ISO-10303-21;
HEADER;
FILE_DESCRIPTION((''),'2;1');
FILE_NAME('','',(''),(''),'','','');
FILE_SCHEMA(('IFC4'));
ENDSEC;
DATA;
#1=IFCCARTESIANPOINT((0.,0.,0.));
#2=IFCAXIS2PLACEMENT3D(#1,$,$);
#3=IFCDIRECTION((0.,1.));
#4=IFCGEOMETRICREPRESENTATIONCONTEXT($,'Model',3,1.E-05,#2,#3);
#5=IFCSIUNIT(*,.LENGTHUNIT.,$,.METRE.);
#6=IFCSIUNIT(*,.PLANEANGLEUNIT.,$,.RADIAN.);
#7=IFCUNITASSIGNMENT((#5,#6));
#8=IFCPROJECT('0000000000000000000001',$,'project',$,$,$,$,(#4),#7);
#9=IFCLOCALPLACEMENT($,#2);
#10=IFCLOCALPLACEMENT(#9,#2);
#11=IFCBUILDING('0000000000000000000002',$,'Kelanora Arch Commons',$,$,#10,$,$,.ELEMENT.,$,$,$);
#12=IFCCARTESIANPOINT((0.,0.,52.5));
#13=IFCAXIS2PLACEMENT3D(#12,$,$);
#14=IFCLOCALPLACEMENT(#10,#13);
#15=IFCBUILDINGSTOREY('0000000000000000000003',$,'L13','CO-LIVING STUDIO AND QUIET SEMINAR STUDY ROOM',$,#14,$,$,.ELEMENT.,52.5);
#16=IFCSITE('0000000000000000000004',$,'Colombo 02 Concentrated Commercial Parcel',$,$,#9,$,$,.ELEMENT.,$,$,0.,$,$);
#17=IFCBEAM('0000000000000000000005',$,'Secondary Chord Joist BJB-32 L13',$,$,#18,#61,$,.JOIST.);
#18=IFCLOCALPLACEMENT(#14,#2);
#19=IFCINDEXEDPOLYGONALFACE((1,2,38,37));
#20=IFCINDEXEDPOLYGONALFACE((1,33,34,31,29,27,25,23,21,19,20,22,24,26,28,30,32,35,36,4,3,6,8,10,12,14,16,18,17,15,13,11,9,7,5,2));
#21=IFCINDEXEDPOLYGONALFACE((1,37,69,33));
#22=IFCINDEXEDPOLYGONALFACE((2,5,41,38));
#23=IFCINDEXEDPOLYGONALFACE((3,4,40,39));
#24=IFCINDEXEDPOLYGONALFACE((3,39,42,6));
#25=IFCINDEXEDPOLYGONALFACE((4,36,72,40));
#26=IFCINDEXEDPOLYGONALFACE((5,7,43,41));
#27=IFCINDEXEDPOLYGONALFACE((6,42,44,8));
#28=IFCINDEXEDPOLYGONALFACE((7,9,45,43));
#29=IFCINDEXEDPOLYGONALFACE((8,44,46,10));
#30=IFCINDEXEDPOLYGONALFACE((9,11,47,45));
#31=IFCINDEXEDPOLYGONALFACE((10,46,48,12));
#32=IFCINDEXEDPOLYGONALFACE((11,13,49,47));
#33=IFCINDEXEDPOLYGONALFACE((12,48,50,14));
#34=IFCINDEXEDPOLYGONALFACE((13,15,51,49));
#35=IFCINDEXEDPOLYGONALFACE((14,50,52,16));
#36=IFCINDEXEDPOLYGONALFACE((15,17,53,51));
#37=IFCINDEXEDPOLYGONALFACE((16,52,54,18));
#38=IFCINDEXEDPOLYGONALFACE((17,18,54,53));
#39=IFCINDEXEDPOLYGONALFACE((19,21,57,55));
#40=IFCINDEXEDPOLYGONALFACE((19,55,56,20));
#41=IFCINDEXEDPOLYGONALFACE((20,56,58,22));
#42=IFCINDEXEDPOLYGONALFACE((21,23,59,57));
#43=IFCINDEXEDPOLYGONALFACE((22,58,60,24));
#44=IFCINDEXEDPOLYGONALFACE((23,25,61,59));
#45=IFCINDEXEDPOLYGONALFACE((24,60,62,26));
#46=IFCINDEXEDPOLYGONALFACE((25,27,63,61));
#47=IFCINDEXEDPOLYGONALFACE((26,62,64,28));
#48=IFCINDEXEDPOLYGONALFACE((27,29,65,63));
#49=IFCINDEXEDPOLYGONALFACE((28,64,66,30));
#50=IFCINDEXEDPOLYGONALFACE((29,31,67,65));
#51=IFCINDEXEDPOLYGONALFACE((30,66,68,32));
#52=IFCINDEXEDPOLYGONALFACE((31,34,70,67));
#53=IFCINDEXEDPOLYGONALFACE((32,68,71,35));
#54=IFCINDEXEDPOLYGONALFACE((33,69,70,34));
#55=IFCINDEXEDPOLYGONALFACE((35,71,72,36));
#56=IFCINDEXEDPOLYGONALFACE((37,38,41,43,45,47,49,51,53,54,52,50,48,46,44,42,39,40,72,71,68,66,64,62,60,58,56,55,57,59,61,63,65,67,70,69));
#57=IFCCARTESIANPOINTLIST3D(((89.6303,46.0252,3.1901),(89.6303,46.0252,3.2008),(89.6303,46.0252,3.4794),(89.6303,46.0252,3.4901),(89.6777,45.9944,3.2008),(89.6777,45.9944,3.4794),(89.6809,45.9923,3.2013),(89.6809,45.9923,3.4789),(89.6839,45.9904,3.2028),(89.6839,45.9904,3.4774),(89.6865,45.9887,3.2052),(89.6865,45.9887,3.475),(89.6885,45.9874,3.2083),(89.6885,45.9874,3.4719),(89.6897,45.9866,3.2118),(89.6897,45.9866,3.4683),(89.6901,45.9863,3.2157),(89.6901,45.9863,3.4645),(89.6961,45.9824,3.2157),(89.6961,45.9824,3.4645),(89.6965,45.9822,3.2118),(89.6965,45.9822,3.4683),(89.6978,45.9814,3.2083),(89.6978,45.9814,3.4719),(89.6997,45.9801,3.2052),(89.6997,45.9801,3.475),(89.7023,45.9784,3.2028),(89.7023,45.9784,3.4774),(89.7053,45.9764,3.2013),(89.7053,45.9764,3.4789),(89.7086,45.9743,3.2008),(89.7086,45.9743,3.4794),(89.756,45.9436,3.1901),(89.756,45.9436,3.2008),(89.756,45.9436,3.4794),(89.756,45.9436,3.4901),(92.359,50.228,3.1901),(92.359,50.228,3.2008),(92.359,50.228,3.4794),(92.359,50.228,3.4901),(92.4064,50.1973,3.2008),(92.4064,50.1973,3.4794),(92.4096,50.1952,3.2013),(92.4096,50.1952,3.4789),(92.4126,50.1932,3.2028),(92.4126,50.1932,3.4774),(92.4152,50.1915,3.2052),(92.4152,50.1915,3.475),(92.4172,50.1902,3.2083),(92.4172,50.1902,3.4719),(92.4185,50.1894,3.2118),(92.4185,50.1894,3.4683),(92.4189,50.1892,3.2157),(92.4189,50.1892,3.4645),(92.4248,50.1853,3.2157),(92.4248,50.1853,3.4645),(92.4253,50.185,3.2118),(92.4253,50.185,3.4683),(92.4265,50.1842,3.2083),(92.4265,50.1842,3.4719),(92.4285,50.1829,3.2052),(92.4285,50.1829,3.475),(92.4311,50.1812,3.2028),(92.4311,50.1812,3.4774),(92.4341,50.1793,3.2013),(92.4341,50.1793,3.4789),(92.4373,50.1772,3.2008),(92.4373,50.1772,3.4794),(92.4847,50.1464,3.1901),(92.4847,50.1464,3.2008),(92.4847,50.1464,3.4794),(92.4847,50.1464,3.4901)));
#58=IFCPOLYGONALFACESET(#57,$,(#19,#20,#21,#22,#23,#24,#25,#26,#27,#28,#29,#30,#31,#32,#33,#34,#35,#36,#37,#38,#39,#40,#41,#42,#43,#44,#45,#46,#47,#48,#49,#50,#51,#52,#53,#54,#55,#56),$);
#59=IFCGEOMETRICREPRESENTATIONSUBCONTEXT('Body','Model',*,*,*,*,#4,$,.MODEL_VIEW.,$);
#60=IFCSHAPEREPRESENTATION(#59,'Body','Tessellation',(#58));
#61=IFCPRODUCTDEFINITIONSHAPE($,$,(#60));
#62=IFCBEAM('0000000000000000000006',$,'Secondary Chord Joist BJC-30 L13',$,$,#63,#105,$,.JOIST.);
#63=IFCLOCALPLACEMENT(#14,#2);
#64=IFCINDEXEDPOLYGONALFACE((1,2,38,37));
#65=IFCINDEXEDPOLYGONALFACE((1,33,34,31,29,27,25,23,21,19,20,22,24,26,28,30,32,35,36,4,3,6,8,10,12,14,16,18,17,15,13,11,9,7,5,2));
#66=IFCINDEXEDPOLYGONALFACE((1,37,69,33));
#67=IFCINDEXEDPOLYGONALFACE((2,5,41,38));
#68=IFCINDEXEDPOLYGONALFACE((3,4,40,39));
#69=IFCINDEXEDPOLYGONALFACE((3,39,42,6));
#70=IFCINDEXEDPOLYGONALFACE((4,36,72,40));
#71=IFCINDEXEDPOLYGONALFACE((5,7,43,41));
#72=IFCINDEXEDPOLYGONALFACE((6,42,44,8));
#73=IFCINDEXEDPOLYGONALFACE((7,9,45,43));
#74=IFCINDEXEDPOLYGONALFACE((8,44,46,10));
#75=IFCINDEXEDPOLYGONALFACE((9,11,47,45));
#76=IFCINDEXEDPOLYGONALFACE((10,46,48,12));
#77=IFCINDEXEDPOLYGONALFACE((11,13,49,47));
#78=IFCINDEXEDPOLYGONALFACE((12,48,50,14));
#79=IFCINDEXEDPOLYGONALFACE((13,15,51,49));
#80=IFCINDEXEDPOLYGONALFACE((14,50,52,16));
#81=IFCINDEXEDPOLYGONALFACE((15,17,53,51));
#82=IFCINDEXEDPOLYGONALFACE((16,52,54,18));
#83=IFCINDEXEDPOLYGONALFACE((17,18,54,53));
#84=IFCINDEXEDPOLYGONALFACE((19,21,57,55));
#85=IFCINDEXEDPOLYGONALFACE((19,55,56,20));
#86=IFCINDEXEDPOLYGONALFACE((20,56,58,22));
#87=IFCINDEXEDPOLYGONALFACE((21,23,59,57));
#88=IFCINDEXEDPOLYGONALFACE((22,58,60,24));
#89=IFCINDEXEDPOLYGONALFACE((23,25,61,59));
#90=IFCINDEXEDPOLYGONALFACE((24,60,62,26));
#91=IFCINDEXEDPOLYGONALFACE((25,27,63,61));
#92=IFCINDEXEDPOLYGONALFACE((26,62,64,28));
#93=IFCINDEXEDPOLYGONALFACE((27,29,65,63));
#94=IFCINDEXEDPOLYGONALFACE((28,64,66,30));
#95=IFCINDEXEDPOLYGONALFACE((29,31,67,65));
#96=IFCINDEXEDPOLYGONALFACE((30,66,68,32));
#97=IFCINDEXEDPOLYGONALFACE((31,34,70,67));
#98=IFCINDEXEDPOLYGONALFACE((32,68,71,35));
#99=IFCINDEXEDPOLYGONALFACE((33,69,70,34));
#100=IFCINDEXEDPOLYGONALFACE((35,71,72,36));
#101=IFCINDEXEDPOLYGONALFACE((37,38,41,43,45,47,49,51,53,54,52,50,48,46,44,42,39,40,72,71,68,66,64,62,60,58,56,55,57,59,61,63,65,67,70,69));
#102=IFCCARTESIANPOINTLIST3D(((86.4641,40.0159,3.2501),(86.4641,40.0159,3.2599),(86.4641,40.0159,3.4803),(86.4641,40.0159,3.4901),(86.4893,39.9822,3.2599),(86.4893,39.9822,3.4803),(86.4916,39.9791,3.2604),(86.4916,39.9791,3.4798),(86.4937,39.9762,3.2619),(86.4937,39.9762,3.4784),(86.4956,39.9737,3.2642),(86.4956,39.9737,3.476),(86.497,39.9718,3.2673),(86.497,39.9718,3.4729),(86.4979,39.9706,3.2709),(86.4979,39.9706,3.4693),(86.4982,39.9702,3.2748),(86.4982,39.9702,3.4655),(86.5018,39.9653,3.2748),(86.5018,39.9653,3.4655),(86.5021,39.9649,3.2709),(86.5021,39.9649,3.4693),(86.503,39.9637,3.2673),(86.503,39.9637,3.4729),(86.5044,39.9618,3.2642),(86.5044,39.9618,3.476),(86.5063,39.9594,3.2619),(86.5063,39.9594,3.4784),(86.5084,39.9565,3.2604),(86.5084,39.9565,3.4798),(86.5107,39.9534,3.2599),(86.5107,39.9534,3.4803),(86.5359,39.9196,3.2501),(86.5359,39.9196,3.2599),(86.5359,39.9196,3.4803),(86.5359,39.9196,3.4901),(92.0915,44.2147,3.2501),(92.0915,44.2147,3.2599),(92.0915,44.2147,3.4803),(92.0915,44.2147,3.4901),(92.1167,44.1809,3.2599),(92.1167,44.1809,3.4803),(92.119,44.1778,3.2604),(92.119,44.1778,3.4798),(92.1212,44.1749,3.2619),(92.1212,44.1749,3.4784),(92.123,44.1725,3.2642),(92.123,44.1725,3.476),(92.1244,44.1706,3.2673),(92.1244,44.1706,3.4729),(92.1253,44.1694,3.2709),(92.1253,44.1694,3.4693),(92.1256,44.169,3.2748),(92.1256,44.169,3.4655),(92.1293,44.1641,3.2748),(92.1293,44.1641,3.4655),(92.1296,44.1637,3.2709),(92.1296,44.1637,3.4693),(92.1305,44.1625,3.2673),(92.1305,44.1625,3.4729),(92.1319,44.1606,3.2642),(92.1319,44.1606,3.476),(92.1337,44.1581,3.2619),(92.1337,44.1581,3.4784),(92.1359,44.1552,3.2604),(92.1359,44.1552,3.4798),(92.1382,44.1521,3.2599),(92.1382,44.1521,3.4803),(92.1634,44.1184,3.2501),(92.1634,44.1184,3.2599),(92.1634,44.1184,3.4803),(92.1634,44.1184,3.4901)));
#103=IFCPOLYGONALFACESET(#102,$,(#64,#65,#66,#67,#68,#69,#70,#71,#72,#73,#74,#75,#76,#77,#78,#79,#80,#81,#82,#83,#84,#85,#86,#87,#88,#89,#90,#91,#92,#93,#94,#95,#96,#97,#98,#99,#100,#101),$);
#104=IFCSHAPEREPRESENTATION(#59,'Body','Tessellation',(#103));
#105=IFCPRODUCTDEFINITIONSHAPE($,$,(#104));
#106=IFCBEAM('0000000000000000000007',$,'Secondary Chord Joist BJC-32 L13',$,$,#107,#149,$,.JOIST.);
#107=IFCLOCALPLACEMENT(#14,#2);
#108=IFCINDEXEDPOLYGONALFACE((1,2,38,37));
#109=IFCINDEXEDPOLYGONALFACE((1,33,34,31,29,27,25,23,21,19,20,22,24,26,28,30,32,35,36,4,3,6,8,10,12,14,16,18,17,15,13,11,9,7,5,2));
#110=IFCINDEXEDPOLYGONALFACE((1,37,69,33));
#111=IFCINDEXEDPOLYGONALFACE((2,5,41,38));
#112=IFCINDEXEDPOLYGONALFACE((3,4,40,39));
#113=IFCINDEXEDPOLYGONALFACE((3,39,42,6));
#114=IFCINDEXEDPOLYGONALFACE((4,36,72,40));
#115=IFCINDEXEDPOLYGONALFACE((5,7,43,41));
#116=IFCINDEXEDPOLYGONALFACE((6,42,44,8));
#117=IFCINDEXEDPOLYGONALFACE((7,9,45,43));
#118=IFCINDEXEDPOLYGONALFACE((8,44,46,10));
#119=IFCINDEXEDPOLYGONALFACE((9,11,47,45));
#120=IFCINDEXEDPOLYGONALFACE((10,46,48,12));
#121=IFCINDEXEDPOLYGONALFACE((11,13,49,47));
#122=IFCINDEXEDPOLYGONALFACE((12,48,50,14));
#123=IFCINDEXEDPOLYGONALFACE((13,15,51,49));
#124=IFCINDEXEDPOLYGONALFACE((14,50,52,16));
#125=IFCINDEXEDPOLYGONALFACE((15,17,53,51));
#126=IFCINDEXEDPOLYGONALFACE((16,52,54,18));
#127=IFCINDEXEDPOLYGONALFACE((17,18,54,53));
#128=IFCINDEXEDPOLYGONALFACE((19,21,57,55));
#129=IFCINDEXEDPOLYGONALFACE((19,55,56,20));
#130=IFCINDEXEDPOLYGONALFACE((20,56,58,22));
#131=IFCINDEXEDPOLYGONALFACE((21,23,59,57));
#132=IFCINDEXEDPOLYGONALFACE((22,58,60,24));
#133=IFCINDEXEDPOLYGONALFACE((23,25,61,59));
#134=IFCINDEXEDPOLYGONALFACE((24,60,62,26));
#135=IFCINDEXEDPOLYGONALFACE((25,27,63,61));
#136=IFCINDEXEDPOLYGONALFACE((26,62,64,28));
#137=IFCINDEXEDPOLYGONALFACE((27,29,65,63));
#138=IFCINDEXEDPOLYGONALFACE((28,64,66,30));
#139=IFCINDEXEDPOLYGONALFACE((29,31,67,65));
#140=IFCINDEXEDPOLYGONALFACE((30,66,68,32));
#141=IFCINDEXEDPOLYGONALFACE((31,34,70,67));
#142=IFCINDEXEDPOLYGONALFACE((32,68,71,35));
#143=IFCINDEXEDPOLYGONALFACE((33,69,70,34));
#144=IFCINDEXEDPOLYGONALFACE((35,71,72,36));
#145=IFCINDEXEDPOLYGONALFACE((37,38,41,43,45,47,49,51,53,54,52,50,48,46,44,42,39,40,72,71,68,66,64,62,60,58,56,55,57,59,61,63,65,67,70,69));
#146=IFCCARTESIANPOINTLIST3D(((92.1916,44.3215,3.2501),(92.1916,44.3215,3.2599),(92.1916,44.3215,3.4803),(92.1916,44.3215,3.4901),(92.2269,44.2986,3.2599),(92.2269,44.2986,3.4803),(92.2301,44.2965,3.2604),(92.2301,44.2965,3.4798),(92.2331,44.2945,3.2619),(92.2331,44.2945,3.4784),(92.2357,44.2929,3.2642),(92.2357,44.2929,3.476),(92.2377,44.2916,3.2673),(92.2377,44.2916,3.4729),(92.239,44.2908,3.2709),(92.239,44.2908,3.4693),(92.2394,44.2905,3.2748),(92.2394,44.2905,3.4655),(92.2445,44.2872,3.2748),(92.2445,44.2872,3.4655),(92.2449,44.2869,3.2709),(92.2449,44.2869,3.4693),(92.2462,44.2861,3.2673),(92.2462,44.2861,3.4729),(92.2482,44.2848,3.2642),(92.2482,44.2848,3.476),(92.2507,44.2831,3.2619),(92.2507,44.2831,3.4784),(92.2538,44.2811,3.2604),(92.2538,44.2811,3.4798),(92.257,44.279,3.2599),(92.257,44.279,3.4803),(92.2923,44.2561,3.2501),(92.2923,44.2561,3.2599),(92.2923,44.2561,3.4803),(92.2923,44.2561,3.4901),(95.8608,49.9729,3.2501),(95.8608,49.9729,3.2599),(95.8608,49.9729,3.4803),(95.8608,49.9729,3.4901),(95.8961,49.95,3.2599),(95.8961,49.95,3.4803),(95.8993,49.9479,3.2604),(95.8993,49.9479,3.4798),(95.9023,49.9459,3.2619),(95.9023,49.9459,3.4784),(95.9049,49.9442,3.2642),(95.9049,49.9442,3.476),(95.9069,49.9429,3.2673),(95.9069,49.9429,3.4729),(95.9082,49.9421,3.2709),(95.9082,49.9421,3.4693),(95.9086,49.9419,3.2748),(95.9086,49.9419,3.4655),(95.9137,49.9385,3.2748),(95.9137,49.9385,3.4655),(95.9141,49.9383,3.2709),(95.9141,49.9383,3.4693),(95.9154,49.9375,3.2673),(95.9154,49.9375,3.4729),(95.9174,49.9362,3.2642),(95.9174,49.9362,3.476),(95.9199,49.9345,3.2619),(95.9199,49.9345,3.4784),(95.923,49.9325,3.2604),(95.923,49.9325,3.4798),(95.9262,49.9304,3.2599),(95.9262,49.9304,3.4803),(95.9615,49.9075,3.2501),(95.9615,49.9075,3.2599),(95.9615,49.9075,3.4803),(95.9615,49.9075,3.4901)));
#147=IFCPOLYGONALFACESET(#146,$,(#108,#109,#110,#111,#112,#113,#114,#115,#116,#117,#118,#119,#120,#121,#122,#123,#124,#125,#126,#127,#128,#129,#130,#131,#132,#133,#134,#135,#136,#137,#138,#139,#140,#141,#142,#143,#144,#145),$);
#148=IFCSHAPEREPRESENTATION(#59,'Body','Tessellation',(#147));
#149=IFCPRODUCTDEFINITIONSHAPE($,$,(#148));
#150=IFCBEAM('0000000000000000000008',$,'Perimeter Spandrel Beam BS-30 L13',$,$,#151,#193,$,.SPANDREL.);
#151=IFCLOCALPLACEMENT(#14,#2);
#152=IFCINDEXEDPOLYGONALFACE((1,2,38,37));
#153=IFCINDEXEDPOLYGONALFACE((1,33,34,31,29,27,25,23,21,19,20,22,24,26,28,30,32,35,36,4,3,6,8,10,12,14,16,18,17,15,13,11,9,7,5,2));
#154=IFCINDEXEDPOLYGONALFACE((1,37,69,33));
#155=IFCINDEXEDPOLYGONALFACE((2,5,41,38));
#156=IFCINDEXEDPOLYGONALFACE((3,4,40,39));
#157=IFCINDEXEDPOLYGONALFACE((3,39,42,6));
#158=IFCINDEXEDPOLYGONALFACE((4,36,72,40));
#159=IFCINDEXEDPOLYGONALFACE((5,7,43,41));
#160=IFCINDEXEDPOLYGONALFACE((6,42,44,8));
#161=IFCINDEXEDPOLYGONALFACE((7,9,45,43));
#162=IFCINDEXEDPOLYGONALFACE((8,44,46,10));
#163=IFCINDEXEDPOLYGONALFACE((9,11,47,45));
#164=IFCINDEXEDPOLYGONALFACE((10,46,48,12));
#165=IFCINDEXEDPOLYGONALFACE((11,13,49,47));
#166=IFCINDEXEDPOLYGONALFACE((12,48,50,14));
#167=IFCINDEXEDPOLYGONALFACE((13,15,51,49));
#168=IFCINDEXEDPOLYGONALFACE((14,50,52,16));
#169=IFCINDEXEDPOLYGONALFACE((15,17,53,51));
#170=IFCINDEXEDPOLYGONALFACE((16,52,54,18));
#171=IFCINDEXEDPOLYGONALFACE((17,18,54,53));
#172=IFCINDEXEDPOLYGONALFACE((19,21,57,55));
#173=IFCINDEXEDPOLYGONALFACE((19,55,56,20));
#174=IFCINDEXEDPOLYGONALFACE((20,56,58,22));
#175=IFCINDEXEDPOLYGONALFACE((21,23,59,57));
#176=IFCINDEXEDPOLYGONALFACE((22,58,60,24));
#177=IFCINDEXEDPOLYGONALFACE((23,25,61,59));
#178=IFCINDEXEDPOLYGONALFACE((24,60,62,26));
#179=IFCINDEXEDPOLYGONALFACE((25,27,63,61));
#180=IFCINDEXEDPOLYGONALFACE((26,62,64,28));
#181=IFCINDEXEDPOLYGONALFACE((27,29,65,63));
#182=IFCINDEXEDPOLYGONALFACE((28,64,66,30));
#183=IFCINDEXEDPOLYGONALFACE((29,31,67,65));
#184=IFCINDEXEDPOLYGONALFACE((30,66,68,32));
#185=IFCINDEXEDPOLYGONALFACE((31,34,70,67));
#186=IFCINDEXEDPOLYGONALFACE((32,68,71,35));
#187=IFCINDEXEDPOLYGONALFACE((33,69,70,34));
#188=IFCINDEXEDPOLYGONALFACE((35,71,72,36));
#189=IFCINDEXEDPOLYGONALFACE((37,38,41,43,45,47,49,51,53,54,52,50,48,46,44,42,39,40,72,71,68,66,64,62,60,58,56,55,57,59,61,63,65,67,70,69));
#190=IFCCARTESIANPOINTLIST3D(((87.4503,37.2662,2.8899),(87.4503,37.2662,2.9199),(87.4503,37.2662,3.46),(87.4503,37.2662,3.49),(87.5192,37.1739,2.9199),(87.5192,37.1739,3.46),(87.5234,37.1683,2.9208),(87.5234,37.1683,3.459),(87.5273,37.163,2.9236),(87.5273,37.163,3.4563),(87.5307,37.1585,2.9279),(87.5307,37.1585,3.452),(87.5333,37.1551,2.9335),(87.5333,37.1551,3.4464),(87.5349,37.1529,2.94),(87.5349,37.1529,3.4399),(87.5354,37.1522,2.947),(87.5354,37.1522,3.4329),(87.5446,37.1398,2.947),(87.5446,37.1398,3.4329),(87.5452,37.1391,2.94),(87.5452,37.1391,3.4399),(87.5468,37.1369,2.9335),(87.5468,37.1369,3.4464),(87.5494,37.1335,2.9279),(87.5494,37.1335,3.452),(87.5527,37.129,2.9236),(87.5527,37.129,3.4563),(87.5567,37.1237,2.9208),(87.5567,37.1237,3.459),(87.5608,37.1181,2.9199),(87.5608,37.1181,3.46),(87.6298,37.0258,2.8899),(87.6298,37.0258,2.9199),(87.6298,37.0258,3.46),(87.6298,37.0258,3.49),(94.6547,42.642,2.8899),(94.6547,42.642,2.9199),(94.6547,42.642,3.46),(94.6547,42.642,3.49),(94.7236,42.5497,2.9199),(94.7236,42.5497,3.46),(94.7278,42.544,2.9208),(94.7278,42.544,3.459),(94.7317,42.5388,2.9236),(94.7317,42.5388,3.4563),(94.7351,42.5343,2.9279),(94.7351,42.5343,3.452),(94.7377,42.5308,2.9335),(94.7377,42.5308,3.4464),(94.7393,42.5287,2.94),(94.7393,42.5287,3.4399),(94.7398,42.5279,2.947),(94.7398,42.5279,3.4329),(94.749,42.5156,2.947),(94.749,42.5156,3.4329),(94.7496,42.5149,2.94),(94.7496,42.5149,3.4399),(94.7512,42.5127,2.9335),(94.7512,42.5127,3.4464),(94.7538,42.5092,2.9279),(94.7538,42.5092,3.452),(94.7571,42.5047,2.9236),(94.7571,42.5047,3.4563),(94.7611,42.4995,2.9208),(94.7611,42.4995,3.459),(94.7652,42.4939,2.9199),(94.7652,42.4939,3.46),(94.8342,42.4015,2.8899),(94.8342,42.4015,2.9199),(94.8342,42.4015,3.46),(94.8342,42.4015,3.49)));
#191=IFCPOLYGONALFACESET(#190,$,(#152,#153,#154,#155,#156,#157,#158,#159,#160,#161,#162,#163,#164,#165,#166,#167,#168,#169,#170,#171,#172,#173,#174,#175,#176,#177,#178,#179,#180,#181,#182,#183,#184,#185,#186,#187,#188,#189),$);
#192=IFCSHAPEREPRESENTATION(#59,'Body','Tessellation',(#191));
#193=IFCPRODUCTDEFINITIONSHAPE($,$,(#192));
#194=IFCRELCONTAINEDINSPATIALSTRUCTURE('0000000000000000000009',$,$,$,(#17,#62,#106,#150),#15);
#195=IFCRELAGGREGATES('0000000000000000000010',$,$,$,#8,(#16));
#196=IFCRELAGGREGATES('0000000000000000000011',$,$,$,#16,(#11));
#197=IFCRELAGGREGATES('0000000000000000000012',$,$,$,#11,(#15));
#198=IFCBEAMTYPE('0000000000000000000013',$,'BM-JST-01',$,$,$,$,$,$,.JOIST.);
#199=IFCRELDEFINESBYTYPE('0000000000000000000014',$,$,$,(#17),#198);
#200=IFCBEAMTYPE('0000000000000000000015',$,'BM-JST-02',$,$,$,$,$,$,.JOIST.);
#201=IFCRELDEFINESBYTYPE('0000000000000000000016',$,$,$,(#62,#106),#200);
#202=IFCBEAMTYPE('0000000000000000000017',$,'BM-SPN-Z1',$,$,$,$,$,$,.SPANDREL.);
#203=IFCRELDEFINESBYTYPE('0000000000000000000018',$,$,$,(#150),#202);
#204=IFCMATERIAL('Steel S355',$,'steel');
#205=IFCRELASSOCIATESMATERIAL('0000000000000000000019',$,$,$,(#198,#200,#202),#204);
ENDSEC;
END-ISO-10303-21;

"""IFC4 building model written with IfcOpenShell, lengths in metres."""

from ifc_helpers import new_model, si_unit, direction, frame, origin, origin_2d, place, context, subcontext, project, spatial, i_section, extrude, material, material_profile, profile_set, type_object, element, save


model = new_model("IFC4")

# Units and contexts
model_context = context("Model", 3, precision=1e-05, world=origin(), true_north=direction((0.0, 1.0)))
body_context = subcontext(model_context, "Body", "Model", "MODEL_VIEW")
ifc_project = project(units=[si_unit("LENGTHUNIT", "METRE"), si_unit("PLANEANGLEUNIT", "RADIAN")], contexts=[model_context])

# Site, building, storey
site_placement = place(None, origin())
site = spatial("IfcSite", under=ifc_project, at=site_placement, Name="Colombo 02 Concentrated Commercial Parcel", CompositionType="ELEMENT", RefElevation=0.0)
building_placement = place(site_placement, origin())
building = spatial("IfcBuilding", under=site, at=building_placement, Name="Kelanora Arch Commons", CompositionType="ELEMENT")
storey_placement = place(building_placement, frame((0.0, 0.0, 52.5)))
storey = spatial("IfcBuildingStorey", under=building, at=storey_placement, Name="L13", Description="CO-LIVING STUDIO AND QUIET SEMINAR STUDY ROOM", CompositionType="ELEMENT", Elevation=52.5)

# Beams
ifc_material_1 = material(Name="Steel S355", Category="steel")
ifc_material_profile_1 = material_profile(ifc_material_1, i_section(OverallWidth=0.1499, OverallDepth=0.3, WebThickness=0.0071, FlangeThickness=0.0107, FilletRadius=0.0149, at=origin_2d()), Name="IPE300")
ifc_profile_set_1 = profile_set([ifc_material_profile_1], Name="Steel S355")
beam_type_1 = type_object("IfcBeamType", Name="BM-JST-01", PredefinedType="JOIST", material=ifc_profile_set_1)
beam_1_placement = place(storey_placement, frame((89.6931, 45.9844, 3.3401), z_axis=(0.544552, 0.838727, 0.0), x_axis=(-0.838727, 0.544552, 0.0)))
element("IfcBeam", 1, at=beam_1_placement, inside=storey, type_object=beam_type_1, Name="Secondary Chord Joist BJB-32 L13", PredefinedType="JOIST", context=body_context, shape_type="SweptSolid", body=[
    extrude(i_section(OverallWidth=0.1499, OverallDepth=0.3, WebThickness=0.0071, FlangeThickness=0.0107, FilletRadius=0.0149, at=origin_2d()), origin(), (0.0, 0.0, 1.0), 5.011),
])
ifc_material_profile_2 = material_profile(ifc_material_1, i_section(OverallWidth=0.1201, OverallDepth=0.24, WebThickness=0.0061, FlangeThickness=0.0098, FilletRadius=0.0149, at=origin_2d()), Name="IPE240")
ifc_profile_set_2 = profile_set([ifc_material_profile_2], Name="Steel S355")
beam_type_2 = type_object("IfcBeamType", Name="BM-JST-02", PredefinedType="JOIST", material=ifc_profile_set_2)
beam_2_placement = place(storey_placement, frame((86.5, 39.9678, 3.3701), z_axis=(0.801491, 0.598006, 0.0), x_axis=(-0.598006, 0.801491, 0.0)))
element("IfcBeam", 2, at=beam_2_placement, inside=storey, type_object=beam_type_2, Name="Secondary Chord Joist BJC-30 L13", PredefinedType="JOIST", context=body_context, shape_type="SweptSolid", body=[
    extrude(i_section(OverallWidth=0.1201, OverallDepth=0.24, WebThickness=0.0061, FlangeThickness=0.0098, FilletRadius=0.0149, at=origin_2d()), origin(), (0.0, 0.0, 1.0), 7.0212),
])
beam_3_placement = place(storey_placement, frame((92.2419, 44.2888, 3.3701), z_axis=(0.54455, 0.838728, 0.0), x_axis=(-0.838728, 0.54455, 0.0)))
element("IfcBeam", 3, at=beam_3_placement, inside=storey, type_object=beam_type_2, Name="Secondary Chord Joist BJC-32 L13", PredefinedType="JOIST", context=body_context, shape_type="SweptSolid", body=[
    extrude(i_section(OverallWidth=0.1201, OverallDepth=0.24, WebThickness=0.0061, FlangeThickness=0.0098, FilletRadius=0.0149, at=origin_2d()), origin(), (0.0, 0.0, 1.0), 6.738),
])
ifc_material_profile_3 = material_profile(ifc_material_1, i_section(OverallWidth=0.3, OverallDepth=0.6001, WebThickness=0.0154, FlangeThickness=0.03, FilletRadius=0.0271, at=origin_2d()), Name="HEB600")
ifc_profile_set_3 = profile_set([ifc_material_profile_3], Name="Steel S355")
beam_type_3 = type_object("IfcBeamType", Name="BM-SPN-Z1", PredefinedType="SPANDREL", material=ifc_profile_set_3)
beam_4_placement = place(storey_placement, frame((87.54, 37.146, 3.1899), z_axis=(0.801468, 0.598038, 0.0), x_axis=(-0.598038, 0.801468, 0.0)))
element("IfcBeam", 4, at=beam_4_placement, inside=storey, type_object=beam_type_3, Name="Perimeter Spandrel Beam BS-30 L13", PredefinedType="SPANDREL", context=body_context, shape_type="SweptSolid", body=[
    extrude(i_section(OverallWidth=0.3, OverallDepth=0.6001, WebThickness=0.0154, FlangeThickness=0.03, FilletRadius=0.0271, at=origin_2d()), origin(), (0.0, 0.0, 1.0), 8.989),
])

save(model, "model.ifc")
